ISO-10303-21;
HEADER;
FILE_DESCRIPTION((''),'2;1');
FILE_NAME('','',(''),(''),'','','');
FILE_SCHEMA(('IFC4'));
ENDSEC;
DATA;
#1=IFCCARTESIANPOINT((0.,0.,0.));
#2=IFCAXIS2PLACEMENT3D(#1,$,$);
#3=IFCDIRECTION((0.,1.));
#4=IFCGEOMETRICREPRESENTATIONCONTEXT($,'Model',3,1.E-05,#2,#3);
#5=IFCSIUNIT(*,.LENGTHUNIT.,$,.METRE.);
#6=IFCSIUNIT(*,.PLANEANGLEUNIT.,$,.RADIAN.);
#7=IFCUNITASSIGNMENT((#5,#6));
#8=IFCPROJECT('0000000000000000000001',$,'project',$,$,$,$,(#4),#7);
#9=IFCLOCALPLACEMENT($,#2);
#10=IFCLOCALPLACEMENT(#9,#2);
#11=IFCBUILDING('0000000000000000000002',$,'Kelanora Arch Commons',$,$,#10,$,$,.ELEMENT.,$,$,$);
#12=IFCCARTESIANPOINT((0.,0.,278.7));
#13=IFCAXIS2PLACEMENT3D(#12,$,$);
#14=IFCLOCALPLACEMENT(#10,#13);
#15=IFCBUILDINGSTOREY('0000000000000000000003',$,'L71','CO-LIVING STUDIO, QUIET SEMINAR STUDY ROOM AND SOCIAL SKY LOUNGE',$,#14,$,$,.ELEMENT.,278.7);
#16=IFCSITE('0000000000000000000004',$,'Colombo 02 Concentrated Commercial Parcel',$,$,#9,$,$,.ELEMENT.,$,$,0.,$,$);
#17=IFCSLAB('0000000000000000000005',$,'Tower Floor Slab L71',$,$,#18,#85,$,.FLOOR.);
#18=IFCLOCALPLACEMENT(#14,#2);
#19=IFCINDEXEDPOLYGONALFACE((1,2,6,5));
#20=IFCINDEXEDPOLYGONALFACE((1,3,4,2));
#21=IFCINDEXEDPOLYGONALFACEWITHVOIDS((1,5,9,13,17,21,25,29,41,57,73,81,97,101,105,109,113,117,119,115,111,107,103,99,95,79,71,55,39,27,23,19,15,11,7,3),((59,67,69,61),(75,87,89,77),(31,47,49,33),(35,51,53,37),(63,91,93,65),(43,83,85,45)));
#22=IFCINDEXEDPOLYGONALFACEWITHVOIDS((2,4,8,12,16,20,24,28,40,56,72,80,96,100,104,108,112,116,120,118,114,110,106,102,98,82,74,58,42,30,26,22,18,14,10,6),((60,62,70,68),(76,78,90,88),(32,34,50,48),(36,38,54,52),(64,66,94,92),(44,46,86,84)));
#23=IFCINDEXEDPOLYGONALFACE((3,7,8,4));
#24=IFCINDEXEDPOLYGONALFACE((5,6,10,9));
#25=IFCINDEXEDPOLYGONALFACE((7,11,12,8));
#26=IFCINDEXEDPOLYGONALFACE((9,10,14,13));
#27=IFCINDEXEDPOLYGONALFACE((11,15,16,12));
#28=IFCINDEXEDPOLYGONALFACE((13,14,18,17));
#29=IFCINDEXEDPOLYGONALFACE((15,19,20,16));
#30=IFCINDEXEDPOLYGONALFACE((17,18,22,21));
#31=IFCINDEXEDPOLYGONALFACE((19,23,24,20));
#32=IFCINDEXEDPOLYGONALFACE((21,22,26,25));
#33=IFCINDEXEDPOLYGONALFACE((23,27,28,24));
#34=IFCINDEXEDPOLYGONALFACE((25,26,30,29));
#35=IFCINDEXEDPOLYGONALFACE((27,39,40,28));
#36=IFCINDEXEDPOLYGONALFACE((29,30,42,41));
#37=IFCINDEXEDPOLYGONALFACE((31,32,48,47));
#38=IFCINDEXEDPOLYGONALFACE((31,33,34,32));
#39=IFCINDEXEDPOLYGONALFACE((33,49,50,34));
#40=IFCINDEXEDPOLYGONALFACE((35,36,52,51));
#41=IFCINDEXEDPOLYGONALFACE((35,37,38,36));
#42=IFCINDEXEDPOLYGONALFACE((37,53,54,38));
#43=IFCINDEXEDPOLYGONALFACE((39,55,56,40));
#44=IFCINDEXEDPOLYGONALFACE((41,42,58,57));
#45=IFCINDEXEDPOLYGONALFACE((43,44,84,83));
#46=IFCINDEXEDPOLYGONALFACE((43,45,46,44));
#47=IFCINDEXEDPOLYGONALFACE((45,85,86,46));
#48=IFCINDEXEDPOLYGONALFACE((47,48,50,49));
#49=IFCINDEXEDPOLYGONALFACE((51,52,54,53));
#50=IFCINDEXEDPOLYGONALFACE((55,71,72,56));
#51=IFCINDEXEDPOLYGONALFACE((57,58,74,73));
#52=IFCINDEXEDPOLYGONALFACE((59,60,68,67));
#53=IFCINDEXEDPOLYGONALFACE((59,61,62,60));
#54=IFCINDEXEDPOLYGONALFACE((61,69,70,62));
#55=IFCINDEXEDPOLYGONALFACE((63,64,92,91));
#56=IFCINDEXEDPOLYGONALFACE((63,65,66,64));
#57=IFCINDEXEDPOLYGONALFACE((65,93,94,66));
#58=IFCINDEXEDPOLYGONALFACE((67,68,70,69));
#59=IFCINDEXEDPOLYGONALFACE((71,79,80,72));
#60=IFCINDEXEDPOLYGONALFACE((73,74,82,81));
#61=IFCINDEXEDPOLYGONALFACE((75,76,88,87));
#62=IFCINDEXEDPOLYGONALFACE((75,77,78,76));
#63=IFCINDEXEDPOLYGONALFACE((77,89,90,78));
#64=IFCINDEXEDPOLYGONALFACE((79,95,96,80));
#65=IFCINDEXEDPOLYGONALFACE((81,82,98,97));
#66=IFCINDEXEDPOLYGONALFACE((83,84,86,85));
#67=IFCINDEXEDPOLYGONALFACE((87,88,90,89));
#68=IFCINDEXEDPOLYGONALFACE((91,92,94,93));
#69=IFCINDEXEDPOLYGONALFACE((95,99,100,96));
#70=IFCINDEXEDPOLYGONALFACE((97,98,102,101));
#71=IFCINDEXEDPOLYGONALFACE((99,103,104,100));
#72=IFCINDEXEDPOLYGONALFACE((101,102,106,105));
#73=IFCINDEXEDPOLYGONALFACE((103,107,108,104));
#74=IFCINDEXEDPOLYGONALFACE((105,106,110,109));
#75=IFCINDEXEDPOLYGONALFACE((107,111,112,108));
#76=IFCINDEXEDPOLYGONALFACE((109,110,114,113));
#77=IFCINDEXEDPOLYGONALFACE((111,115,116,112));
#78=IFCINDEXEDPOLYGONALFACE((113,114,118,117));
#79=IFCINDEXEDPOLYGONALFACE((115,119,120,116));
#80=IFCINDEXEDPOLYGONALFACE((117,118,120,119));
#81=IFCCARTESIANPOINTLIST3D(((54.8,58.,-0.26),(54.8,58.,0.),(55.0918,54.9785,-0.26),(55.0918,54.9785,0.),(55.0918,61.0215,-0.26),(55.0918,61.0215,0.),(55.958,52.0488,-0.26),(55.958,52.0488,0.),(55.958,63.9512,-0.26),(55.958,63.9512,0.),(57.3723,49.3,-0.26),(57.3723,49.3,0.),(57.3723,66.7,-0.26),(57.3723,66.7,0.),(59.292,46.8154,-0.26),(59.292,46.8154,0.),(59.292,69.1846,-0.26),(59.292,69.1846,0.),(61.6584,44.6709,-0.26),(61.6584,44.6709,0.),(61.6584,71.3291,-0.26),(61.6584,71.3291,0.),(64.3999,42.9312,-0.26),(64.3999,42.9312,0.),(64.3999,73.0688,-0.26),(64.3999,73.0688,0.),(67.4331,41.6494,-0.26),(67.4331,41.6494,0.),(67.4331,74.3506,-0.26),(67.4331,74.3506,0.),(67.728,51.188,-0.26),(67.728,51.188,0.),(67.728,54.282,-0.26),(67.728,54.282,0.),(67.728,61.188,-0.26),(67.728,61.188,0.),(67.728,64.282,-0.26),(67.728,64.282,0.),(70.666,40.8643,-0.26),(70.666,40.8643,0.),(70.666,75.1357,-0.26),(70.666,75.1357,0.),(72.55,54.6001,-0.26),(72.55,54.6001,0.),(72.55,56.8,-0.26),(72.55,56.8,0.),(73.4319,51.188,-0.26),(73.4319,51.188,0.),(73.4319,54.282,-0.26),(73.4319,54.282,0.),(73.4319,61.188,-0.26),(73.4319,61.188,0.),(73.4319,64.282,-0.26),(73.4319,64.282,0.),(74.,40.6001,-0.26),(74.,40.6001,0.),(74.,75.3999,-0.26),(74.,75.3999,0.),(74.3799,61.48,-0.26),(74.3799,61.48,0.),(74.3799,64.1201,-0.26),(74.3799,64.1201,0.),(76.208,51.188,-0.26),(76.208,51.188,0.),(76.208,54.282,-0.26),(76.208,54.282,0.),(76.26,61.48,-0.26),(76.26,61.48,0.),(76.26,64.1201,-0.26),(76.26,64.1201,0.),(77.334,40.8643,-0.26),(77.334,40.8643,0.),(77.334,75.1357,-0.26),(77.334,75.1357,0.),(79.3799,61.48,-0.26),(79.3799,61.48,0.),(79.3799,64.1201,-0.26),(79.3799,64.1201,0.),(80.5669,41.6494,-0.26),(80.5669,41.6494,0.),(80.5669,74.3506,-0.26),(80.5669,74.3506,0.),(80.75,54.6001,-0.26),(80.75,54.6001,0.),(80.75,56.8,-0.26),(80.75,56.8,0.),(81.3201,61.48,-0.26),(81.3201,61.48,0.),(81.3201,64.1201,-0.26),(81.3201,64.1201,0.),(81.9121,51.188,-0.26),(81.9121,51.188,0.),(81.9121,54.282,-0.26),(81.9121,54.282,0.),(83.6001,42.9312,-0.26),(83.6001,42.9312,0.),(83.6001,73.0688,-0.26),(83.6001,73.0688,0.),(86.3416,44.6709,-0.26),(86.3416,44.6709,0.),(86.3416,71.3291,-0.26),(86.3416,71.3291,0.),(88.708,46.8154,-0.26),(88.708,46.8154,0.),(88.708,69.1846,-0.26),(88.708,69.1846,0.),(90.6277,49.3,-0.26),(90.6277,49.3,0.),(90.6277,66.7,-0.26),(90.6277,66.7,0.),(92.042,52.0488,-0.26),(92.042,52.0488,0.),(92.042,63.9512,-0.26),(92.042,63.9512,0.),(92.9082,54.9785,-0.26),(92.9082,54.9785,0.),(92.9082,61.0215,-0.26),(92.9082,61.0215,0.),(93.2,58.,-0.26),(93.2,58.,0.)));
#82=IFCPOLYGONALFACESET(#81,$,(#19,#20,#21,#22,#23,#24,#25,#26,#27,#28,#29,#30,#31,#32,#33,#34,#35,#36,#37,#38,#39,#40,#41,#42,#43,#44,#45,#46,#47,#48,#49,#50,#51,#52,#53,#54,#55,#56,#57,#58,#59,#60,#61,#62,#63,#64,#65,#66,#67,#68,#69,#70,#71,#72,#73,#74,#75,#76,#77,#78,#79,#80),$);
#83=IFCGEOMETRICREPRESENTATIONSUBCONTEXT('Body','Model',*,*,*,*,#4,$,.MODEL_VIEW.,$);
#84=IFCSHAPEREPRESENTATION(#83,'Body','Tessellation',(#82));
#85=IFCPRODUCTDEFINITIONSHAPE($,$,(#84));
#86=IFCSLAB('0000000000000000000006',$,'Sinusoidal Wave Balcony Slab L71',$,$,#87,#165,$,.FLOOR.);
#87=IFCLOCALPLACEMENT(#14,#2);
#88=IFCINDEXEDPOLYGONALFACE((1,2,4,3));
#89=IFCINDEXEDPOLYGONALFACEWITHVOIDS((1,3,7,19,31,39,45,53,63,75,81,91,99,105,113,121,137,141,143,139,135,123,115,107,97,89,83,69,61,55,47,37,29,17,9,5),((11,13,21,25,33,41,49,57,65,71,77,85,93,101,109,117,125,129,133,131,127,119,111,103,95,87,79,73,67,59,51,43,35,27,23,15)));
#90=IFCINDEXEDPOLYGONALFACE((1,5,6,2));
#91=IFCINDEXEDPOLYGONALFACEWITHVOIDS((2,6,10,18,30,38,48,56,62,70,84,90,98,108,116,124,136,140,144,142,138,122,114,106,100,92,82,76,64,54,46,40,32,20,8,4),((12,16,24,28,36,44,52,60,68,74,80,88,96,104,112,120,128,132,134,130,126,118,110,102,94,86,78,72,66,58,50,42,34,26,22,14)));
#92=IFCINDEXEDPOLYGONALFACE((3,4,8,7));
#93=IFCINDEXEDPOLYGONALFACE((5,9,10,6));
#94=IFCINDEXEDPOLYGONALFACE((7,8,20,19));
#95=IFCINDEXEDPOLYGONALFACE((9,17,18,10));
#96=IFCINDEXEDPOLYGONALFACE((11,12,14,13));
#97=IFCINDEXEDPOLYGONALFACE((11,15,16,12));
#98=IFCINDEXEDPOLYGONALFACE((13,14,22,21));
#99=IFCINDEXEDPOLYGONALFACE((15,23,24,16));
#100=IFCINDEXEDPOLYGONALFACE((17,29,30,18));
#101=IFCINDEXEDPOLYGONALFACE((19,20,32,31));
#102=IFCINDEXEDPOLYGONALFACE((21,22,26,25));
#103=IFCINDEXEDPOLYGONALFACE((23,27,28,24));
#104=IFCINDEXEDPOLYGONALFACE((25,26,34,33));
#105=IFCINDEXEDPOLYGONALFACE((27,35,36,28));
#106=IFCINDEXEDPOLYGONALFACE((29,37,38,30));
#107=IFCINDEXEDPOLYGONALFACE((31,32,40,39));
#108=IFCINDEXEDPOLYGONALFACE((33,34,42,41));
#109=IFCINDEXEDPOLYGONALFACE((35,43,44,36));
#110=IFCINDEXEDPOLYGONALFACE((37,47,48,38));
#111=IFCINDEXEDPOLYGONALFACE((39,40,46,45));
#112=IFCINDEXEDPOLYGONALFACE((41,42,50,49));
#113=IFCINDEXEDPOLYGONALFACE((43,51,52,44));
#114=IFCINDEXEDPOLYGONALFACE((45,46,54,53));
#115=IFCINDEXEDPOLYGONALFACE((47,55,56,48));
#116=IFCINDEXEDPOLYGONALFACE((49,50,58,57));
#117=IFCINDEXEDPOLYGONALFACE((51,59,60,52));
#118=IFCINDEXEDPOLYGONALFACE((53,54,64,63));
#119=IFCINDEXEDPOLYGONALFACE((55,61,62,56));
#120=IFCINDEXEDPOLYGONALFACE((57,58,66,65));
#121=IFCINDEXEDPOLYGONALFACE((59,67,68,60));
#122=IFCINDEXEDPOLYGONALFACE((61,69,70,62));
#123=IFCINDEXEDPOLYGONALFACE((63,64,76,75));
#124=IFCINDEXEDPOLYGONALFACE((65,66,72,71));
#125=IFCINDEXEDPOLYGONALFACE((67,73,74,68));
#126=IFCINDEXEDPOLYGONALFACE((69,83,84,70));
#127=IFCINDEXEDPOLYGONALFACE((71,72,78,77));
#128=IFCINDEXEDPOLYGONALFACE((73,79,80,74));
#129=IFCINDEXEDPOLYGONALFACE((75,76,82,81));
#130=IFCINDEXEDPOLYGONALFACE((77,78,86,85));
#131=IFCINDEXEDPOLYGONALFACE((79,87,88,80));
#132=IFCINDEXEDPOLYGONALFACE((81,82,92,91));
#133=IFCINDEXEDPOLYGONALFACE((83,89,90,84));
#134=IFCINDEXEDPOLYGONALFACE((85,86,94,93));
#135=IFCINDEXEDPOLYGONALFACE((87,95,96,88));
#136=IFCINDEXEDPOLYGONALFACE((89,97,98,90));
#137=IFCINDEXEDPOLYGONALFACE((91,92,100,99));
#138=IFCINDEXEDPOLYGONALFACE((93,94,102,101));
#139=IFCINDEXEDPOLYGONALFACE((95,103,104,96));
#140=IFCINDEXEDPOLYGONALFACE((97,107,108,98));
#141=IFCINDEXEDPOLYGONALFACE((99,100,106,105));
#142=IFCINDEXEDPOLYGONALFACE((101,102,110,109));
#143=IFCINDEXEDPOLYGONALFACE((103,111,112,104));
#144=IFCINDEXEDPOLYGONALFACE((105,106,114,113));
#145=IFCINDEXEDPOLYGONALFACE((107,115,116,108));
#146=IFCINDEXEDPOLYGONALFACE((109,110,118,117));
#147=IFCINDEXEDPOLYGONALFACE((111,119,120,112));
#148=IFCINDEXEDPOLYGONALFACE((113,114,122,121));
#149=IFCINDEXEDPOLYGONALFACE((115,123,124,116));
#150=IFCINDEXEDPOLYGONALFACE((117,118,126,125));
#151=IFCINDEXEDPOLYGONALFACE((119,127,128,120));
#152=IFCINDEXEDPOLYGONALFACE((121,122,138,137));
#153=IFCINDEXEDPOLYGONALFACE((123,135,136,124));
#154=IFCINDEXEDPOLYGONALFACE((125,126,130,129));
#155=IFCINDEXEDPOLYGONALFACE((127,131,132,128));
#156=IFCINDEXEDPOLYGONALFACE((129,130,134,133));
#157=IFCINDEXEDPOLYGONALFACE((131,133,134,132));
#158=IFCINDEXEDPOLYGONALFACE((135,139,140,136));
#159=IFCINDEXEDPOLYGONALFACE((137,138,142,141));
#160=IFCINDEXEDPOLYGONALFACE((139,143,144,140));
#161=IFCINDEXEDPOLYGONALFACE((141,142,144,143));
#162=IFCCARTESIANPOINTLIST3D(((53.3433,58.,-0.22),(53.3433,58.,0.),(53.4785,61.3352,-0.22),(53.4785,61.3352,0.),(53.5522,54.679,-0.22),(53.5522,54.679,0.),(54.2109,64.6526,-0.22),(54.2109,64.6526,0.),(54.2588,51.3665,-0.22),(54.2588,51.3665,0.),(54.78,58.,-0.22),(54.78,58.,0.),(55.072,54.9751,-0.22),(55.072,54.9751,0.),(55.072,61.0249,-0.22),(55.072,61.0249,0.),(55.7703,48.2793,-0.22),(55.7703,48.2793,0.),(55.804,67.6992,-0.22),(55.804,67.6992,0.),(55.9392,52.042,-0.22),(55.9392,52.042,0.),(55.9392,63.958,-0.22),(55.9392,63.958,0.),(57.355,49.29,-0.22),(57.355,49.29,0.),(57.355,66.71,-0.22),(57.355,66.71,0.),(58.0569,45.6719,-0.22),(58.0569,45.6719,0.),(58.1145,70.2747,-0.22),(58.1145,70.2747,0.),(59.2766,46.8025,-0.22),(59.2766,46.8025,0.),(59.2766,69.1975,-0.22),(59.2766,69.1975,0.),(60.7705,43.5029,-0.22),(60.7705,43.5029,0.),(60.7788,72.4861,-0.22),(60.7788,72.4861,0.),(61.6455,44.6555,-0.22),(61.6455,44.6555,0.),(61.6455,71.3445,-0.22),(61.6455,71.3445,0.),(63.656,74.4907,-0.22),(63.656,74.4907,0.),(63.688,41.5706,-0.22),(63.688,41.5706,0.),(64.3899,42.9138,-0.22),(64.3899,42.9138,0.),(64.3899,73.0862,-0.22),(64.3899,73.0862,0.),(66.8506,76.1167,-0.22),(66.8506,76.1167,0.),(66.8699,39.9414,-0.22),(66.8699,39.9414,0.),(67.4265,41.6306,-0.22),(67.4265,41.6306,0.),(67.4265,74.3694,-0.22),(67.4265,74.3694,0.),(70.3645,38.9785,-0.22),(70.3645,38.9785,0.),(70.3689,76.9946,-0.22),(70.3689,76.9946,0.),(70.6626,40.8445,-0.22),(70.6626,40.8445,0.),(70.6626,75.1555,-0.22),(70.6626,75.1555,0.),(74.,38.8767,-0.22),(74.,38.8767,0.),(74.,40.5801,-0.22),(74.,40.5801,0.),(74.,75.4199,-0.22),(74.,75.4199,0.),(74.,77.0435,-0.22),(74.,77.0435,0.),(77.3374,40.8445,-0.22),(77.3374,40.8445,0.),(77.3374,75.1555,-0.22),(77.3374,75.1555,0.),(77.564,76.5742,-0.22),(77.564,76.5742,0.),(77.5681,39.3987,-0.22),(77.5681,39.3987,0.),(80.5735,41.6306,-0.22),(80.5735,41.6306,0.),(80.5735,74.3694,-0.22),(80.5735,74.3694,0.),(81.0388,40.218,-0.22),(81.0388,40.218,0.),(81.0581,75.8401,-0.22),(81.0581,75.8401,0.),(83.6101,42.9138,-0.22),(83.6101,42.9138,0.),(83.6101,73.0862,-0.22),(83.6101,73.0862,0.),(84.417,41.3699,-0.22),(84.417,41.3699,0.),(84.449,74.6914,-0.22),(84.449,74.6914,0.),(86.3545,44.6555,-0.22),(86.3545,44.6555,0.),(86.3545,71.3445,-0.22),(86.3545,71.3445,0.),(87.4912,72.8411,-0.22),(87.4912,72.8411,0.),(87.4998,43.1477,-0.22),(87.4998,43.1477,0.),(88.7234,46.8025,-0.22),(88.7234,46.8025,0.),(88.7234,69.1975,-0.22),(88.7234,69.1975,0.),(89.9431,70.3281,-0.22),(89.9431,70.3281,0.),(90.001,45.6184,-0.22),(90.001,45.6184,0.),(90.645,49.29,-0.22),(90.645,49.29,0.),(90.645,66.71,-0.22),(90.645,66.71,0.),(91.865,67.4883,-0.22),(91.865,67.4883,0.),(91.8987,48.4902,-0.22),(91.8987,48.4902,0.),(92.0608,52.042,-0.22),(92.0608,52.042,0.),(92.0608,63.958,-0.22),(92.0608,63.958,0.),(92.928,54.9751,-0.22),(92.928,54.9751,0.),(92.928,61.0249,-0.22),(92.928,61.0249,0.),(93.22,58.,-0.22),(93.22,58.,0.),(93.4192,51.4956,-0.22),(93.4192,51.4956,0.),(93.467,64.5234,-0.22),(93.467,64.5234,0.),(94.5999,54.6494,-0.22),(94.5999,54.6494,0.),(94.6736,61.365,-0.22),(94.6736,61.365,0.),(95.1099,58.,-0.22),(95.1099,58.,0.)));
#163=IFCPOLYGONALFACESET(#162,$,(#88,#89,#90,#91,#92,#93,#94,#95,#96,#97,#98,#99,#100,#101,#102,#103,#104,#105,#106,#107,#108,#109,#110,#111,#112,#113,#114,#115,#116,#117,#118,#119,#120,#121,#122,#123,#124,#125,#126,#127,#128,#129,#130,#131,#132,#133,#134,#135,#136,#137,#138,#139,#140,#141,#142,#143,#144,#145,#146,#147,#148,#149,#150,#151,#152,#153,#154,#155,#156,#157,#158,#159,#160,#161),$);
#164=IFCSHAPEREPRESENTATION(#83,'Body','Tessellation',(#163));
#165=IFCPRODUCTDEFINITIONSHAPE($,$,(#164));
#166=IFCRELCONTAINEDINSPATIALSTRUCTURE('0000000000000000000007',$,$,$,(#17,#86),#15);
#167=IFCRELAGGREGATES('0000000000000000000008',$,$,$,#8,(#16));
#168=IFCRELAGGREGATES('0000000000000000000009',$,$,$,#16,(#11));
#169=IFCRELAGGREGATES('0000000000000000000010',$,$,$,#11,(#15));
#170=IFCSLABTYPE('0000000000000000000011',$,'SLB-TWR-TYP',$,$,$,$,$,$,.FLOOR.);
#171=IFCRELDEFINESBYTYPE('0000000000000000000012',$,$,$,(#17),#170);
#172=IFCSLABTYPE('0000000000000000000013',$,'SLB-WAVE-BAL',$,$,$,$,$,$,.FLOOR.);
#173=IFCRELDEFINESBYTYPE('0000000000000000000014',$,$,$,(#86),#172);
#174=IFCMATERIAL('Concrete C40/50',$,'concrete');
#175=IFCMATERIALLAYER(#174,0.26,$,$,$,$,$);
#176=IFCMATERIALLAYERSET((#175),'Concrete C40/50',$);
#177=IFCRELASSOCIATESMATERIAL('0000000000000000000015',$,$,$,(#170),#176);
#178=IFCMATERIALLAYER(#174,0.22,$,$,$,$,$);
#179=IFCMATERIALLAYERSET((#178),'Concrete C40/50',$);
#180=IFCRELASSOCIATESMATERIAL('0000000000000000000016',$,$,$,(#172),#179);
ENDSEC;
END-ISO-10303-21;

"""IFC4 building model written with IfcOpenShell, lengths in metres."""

from ifc_helpers import new_model, si_unit, direction, frame, origin, place, context, subcontext, project, spatial, polyline, outline, extrude, material, layer, layer_set, type_object, element, save


model = new_model("IFC4")

# Units and contexts
model_context = context("Model", 3, precision=1e-05, world=origin(), true_north=direction((0.0, 1.0)))
body_context = subcontext(model_context, "Body", "Model", "MODEL_VIEW")
ifc_project = project(units=[si_unit("LENGTHUNIT", "METRE"), si_unit("PLANEANGLEUNIT", "RADIAN")], contexts=[model_context])

# Site, building, storey
site_placement = place(None, origin())
site = spatial("IfcSite", under=ifc_project, at=site_placement, Name="Colombo 02 Concentrated Commercial Parcel", CompositionType="ELEMENT", RefElevation=0.0)
building_placement = place(site_placement, origin())
building = spatial("IfcBuilding", under=site, at=building_placement, Name="Kelanora Arch Commons", CompositionType="ELEMENT")
storey_placement = place(building_placement, frame((0.0, 0.0, 278.7)))
storey = spatial("IfcBuildingStorey", under=building, at=storey_placement, Name="L71", Description="CO-LIVING STUDIO, QUIET SEMINAR STUDY ROOM AND SOCIAL SKY LOUNGE", CompositionType="ELEMENT", Elevation=278.7)

# Shared definitions
ifc_material_1 = material(Name="Concrete C40/50", Category="concrete")

# Slabs
ifc_layer_1 = layer(ifc_material_1, 0.26)
ifc_layer_set_1 = layer_set([ifc_layer_1], Name="Concrete C40/50")
slab_type_1 = type_object("IfcSlabType", Name="SLB-TWR-TYP", PredefinedType="FLOOR", material=ifc_layer_set_1)
slab_1_placement = place(storey_placement, frame((0.0, 0.0, -0.26)))
element("IfcSlab", 1, at=slab_1_placement, inside=storey, type_object=slab_type_1, Name="Tower Floor Slab L71", PredefinedType="FLOOR", context=body_context, shape_type="SweptSolid", body=[
    extrude(outline(polyline([(93.2, 58.0), (92.9082, 61.0215), (92.042, 63.9512), (90.6277, 66.7), (88.708, 69.1846), (86.3416, 71.3291), (83.6001, 73.0688), (80.5669, 74.3506), (77.334, 75.1357), (74.0, 75.3999), (70.666, 75.1357), (67.4331, 74.3506), (64.3999, 73.0688), (61.6584, 71.3291), (59.292, 69.1846), (57.3723, 66.7), (55.958, 63.9512), (55.0918, 61.0215), (54.8, 58.0), (55.0918, 54.9785), (55.958, 52.0488), (57.3723, 49.3), (59.292, 46.8154), (61.6584, 44.6709), (64.3999, 42.9312), (67.4331, 41.6494), (70.666, 40.8643), (74.0, 40.6001), (77.334, 40.8643), (80.5669, 41.6494), (83.6001, 42.9312), (86.3416, 44.6709), (88.708, 46.8154), (90.6277, 49.3), (92.042, 52.0488), (92.9082, 54.9785), (93.2, 58.0)]), holes=[polyline([(73.4319, 51.188), (67.728, 51.188), (67.728, 54.282), (73.4319, 54.282), (73.4319, 51.188)]), polyline([(76.208, 51.188), (76.208, 54.282), (81.9121, 54.282), (81.9121, 51.188), (76.208, 51.188)]), polyline([(72.55, 54.6001), (72.55, 56.8), (80.75, 56.8), (80.75, 54.6001), (72.55, 54.6001)]), polyline([(73.4319, 61.188), (67.728, 61.188), (67.728, 64.282), (73.4319, 64.282), (73.4319, 61.188)]), polyline([(74.3799, 61.48), (74.3799, 64.1201), (76.26, 64.1201), (76.26, 61.48), (74.3799, 61.48)]), polyline([(79.3799, 61.48), (79.3799, 64.1201), (81.3201, 64.1201), (81.3201, 61.48), (79.3799, 61.48)])]), origin(), (0.0, 0.0, 1.0), 0.26),
])
ifc_layer_2 = layer(ifc_material_1, 0.22)
ifc_layer_set_2 = layer_set([ifc_layer_2], Name="Concrete C40/50")
slab_type_2 = type_object("IfcSlabType", Name="SLB-WAVE-BAL", PredefinedType="FLOOR", material=ifc_layer_set_2)
slab_2_placement = place(storey_placement, frame((0.0, 0.0, -0.22)))
element("IfcSlab", 2, at=slab_2_placement, inside=storey, type_object=slab_type_2, Name="Sinusoidal Wave Balcony Slab L71", PredefinedType="FLOOR", context=body_context, shape_type="SweptSolid", body=[
    extrude(outline(polyline([(95.1099, 58.0), (94.6736, 61.365), (93.467, 64.5234), (91.865, 67.4883), (89.9431, 70.3281), (87.4912, 72.8411), (84.449, 74.6914), (81.0581, 75.8401), (77.564, 76.5742), (74.0, 77.0435), (70.3689, 76.9946), (66.8506, 76.1167), (63.656, 74.4907), (60.7788, 72.4861), (58.1145, 70.2747), (55.804, 67.6992), (54.2109, 64.6526), (53.4785, 61.3352), (53.3433, 58.0), (53.5522, 54.679), (54.2588, 51.3665), (55.7703, 48.2793), (58.0569, 45.6719), (60.7705, 43.5029), (63.688, 41.5706), (66.8699, 39.9414), (70.3645, 38.9785), (74.0, 38.8767), (77.5681, 39.3987), (81.0388, 40.218), (84.417, 41.3699), (87.4998, 43.1477), (90.001, 45.6184), (91.8987, 48.4902), (93.4192, 51.4956), (94.5999, 54.6494), (95.1099, 58.0)]), holes=[polyline([(92.928, 54.9751), (92.0608, 52.042), (90.645, 49.29), (88.7234, 46.8025), (86.3545, 44.6555), (83.6101, 42.9138), (80.5735, 41.6306), (77.3374, 40.8445), (74.0, 40.5801), (70.6626, 40.8445), (67.4265, 41.6306), (64.3899, 42.9138), (61.6455, 44.6555), (59.2766, 46.8025), (57.355, 49.29), (55.9392, 52.042), (55.072, 54.9751), (54.78, 58.0), (55.072, 61.0249), (55.9392, 63.958), (57.355, 66.71), (59.2766, 69.1975), (61.6455, 71.3445), (64.3899, 73.0862), (67.4265, 74.3694), (70.6626, 75.1555), (74.0, 75.4199), (77.3374, 75.1555), (80.5735, 74.3694), (83.6101, 73.0862), (86.3545, 71.3445), (88.7234, 69.1975), (90.645, 66.71), (92.0608, 63.958), (92.928, 61.0249), (93.22, 58.0), (92.928, 54.9751)])]), origin(), (0.0, 0.0, 1.0), 0.22),
])

save(model, "model.ifc")
